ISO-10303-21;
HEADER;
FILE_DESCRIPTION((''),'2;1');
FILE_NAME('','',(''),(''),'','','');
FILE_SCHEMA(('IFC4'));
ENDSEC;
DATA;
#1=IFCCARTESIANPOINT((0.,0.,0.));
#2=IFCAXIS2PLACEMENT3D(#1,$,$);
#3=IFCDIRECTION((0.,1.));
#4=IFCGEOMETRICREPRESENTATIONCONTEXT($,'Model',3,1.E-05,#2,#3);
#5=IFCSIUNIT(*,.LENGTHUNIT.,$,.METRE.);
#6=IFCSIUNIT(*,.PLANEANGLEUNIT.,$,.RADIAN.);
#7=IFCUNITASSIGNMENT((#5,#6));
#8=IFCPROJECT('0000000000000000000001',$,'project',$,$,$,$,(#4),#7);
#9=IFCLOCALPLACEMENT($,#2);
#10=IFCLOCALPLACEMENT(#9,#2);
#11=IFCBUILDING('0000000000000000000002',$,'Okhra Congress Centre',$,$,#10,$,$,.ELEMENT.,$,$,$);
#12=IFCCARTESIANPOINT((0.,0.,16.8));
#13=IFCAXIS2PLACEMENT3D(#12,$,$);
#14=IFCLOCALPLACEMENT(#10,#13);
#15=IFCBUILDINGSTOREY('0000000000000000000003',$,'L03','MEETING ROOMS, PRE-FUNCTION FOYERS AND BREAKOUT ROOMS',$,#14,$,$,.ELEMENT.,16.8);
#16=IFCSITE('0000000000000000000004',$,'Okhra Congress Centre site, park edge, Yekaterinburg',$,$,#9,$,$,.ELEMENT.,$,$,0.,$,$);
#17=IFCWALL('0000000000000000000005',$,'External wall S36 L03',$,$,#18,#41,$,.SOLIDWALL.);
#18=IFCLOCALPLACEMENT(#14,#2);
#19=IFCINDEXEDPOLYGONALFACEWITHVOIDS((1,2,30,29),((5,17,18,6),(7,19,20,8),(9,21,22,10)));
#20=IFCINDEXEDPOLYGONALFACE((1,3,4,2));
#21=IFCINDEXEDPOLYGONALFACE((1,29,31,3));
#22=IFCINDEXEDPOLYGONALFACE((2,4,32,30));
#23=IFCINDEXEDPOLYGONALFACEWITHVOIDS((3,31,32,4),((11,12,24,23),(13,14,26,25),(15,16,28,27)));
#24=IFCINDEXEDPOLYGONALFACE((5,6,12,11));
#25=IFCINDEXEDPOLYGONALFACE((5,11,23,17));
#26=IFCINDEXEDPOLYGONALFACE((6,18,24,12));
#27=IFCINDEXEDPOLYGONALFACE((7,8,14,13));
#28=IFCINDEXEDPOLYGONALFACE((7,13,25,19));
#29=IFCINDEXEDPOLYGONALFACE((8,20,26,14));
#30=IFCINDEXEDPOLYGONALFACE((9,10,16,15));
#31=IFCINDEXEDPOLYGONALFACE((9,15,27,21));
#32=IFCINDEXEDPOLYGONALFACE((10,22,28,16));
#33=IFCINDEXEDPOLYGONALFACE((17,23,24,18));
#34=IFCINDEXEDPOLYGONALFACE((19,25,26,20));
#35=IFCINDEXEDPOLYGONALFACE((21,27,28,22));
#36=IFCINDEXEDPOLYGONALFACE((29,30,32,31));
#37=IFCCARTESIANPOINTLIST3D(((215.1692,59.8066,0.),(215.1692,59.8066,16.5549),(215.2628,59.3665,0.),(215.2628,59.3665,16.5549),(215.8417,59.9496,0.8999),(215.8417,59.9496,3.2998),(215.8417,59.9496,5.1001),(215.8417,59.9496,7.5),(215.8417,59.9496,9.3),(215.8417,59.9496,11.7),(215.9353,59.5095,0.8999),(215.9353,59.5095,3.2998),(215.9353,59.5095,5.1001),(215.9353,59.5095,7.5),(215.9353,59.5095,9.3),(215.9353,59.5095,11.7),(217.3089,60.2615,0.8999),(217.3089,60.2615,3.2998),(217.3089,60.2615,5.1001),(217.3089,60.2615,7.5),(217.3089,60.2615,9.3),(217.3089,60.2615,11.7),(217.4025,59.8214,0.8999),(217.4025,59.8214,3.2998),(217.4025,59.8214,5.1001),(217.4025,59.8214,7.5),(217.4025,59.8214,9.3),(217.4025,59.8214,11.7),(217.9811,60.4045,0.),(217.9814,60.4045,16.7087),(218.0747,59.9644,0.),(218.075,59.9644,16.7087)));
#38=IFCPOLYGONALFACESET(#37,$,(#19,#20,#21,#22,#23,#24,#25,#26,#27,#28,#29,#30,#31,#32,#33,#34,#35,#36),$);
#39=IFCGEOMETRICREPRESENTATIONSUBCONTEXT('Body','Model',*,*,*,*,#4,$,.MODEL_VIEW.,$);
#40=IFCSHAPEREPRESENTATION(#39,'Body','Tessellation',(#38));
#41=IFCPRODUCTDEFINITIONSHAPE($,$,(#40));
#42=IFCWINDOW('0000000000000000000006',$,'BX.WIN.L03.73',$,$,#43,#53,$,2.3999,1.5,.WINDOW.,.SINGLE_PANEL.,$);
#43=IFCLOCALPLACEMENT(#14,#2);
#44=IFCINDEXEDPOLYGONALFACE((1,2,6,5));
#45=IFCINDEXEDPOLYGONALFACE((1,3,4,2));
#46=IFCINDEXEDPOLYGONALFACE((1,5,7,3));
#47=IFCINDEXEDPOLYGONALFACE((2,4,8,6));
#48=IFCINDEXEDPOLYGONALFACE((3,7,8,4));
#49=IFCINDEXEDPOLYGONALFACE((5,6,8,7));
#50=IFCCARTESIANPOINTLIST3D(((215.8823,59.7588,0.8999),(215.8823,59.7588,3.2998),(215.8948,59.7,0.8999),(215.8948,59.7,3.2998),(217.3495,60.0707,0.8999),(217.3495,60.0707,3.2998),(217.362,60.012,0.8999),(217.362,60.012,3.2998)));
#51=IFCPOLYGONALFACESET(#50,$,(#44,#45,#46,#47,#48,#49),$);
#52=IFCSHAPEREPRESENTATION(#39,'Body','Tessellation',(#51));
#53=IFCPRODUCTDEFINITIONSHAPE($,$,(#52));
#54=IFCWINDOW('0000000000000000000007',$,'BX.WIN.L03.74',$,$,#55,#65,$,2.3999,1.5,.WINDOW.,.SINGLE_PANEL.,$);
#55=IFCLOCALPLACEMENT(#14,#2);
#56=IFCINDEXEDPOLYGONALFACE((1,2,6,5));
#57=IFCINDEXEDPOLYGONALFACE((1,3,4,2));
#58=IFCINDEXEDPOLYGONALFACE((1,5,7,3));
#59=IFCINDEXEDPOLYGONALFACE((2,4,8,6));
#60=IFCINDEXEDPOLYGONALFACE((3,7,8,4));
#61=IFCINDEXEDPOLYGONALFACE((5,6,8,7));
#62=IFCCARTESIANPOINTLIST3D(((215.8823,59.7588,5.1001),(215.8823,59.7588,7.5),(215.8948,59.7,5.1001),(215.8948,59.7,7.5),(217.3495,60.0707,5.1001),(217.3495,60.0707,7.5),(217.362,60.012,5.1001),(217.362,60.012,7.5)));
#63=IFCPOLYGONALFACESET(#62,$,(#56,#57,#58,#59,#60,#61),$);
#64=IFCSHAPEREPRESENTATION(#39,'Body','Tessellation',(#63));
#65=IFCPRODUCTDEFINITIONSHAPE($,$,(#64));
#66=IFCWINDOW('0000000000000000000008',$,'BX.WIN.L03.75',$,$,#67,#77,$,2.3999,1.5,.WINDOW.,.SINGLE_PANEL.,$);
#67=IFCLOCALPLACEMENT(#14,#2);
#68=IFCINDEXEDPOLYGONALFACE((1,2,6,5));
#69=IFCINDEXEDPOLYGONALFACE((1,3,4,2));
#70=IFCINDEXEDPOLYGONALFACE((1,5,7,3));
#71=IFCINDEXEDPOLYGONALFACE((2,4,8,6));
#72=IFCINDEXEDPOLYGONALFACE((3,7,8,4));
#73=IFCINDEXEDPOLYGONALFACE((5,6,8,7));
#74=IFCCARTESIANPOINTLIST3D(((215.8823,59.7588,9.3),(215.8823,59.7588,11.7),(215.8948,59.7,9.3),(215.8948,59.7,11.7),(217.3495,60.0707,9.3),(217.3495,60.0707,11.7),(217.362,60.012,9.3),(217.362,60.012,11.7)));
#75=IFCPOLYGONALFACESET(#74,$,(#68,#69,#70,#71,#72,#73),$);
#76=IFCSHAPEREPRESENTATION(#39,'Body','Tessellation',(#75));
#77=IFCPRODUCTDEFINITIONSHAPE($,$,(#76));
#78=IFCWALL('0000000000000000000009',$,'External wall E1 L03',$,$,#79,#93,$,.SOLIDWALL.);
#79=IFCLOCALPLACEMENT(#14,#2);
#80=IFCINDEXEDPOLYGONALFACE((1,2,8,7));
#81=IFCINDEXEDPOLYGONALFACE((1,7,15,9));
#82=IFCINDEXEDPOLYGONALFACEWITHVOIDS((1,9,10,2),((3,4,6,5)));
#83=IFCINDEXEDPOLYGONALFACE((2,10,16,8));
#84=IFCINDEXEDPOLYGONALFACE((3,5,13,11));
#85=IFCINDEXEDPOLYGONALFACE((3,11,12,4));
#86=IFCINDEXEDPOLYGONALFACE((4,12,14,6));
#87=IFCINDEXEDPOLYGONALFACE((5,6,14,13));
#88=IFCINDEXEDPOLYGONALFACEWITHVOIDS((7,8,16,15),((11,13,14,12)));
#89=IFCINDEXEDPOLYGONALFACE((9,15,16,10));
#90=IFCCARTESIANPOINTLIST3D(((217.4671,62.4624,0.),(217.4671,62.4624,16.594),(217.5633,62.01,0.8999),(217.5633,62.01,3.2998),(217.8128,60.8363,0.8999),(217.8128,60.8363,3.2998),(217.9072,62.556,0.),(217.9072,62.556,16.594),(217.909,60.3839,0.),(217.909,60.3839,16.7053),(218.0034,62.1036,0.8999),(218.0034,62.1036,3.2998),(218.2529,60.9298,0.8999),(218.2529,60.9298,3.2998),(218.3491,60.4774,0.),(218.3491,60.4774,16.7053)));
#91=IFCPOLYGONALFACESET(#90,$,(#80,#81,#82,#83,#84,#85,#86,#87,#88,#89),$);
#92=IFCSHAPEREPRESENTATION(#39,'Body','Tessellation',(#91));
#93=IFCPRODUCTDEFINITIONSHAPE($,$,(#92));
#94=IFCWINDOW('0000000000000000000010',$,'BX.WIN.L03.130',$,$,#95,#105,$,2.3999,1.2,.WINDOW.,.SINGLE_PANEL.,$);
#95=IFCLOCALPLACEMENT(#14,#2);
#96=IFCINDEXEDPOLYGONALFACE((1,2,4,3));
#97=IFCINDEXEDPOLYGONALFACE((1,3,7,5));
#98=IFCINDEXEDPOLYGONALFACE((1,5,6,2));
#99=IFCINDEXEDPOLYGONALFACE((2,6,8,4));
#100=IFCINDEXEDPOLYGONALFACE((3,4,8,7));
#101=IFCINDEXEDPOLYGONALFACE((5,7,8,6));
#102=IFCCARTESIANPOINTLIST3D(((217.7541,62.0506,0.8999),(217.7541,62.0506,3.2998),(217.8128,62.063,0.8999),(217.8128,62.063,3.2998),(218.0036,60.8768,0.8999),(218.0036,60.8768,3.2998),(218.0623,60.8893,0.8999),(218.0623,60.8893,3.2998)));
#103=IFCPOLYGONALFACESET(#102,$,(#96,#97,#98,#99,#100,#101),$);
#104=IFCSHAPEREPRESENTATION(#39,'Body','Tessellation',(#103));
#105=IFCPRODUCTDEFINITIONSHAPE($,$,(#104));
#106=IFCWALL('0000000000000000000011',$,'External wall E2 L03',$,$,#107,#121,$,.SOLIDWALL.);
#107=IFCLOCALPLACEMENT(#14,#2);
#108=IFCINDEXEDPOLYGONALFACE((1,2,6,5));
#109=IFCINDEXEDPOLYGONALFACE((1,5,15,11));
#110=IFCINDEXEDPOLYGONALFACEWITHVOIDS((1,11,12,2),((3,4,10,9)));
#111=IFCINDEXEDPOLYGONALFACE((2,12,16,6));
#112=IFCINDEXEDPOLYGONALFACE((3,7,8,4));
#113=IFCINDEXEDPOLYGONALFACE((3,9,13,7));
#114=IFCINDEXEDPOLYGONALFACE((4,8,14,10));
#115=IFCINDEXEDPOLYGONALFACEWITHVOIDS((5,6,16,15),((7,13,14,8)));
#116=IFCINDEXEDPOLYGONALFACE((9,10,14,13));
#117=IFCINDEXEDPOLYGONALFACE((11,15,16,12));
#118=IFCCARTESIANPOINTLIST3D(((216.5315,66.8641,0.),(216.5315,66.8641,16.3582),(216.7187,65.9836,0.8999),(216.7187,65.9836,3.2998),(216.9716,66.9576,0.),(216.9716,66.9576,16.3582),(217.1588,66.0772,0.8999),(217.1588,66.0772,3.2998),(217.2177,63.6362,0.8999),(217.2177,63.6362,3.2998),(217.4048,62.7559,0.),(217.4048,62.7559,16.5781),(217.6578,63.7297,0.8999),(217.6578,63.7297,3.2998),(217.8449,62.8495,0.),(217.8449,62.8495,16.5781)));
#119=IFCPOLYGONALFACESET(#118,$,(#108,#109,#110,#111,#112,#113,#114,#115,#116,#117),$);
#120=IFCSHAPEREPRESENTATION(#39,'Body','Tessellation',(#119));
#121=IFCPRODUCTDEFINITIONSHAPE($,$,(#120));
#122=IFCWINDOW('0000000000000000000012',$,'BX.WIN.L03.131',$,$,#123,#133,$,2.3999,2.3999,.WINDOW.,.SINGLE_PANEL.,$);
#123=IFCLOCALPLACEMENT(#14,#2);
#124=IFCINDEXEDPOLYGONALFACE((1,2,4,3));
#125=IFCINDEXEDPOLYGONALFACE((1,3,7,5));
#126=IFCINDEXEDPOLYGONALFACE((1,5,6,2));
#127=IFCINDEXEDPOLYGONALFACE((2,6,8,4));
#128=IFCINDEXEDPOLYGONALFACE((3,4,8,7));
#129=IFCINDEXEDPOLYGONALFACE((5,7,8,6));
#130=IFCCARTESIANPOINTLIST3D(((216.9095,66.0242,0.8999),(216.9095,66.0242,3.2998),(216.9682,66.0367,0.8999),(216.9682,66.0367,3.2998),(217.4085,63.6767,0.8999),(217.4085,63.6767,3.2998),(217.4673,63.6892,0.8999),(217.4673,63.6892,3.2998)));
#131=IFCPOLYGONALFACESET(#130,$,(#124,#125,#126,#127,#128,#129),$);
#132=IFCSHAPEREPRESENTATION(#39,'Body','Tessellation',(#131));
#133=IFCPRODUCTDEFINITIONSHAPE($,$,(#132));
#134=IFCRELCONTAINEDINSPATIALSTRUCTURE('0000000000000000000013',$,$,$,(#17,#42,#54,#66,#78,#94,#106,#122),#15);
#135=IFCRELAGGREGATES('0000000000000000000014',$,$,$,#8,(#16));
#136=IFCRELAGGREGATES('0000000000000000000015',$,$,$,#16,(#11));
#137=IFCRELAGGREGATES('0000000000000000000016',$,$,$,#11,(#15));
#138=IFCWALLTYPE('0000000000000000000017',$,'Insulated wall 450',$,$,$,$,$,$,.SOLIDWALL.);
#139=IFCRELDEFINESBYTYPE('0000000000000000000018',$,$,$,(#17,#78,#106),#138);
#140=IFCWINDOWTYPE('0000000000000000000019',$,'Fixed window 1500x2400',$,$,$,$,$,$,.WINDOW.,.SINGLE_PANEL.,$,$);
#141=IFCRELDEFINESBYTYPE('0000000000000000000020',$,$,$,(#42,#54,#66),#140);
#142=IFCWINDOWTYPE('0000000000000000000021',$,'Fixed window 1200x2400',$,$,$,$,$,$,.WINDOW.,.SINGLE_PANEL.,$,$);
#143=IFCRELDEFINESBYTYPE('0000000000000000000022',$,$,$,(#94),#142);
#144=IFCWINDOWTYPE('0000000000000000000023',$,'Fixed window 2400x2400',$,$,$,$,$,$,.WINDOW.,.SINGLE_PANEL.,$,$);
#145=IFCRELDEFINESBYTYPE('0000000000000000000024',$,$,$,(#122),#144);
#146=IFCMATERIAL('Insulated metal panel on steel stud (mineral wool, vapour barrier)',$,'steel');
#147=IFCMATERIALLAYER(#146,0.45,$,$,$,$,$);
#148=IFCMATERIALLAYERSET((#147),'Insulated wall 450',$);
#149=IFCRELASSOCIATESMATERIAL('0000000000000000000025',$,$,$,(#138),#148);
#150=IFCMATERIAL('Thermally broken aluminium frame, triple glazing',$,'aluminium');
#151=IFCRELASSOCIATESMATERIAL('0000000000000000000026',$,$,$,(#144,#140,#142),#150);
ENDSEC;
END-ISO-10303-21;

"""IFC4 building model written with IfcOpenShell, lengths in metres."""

from ifc_helpers import new_model, si_unit, direction, frame, frame_2d, origin, place, context, subcontext, project, spatial, polyline, rectangle, outline, extrude, material, layer, layer_set, type_object, element, fill, save


model = new_model("IFC4")

# Units and contexts
model_context = context("Model", 3, precision=1e-05, world=origin(), true_north=direction((0.0, 1.0)))
body_context = subcontext(model_context, "Body", "Model", "MODEL_VIEW")
ifc_project = project(units=[si_unit("LENGTHUNIT", "METRE"), si_unit("PLANEANGLEUNIT", "RADIAN")], contexts=[model_context])

# Site, building, storey
site_placement = place(None, origin())
site = spatial("IfcSite", under=ifc_project, at=site_placement, Name="Okhra Congress Centre site, park edge, Yekaterinburg", CompositionType="ELEMENT", RefElevation=0.0)
building_placement = place(site_placement, origin())
building = spatial("IfcBuilding", under=site, at=building_placement, Name="Okhra Congress Centre", CompositionType="ELEMENT")
storey_placement = place(building_placement, frame((0.0, 0.0, 16.8)))
storey = spatial("IfcBuildingStorey", under=building, at=storey_placement, Name="L03", Description="MEETING ROOMS, PRE-FUNCTION FOYERS AND BREAKOUT ROOMS", CompositionType="ELEMENT", Elevation=16.8)

# Wall, openings, windows
ifc_material_1 = material(Name="Insulated metal panel on steel stud (mineral wool, vapour barrier)", Category="steel")
ifc_layer_1 = layer(ifc_material_1, 0.45)
ifc_layer_set_1 = layer_set([ifc_layer_1], Name="Insulated wall 450")
wall_type_1 = type_object("IfcWallType", Name="Insulated wall 450", PredefinedType="SOLIDWALL", material=ifc_layer_set_1)
ifc_material_2 = material(Name="Thermally broken aluminium frame, triple glazing", Category="aluminium")
window_type_1 = type_object("IfcWindowType", Name="Fixed window 2400x2400", PartitioningType="SINGLE_PANEL", PredefinedType="WINDOW", material=ifc_material_2)
wall_1_placement = place(storey_placement, frame((215.2161, 59.5864, 0.0), z_axis=(0.0, 0.0, 1.0), x_axis=(0.978134, 0.207975, 0.0)))
wall_1 = element("IfcWall", 1, at=wall_1_placement, inside=storey, type_object=wall_type_1, Name="External wall S36 L03", PredefinedType="SOLIDWALL", context=body_context, shape_type="SweptSolid", body=[
    extrude(outline(polyline([(0.0, 0.0), (2.8748, 0.0), (2.875, 16.7087), (0.0, 16.5549), (0.0, 0.0)])), frame((0.0, 0.2251, 0.0), z_axis=(0.0, -1.0, 0.0), x_axis=(1.0, 0.0, 0.0)), (0.0, 0.0, 1.0), 0.45),
])
opening_1_placement = place(wall_1_placement, frame((0.6875, 0.0, 0.8999)))
opening_1 = element("IfcOpeningElement", 2, at=opening_1_placement, cuts=wall_1, PredefinedType="OPENING", context=body_context, shape_type="SweptSolid", body=[
    extrude(rectangle(XDim=1.5, YDim=2.3999, at=frame_2d((0.75, 1.2))), frame((0.0, 0.2349, 0.0), z_axis=(0.0, -1.0, 0.0), x_axis=(1.0, 0.0, 0.0)), (0.0, 0.0, 1.0), 0.47),
])
opening_2_placement = place(wall_1_placement, frame((0.6875, 0.0, 5.1001)))
opening_2 = element("IfcOpeningElement", 3, at=opening_2_placement, cuts=wall_1, PredefinedType="OPENING", context=body_context, shape_type="SweptSolid", body=[
    extrude(rectangle(XDim=1.5, YDim=2.3999, at=frame_2d((0.75, 1.2))), frame((0.0, 0.2349, 0.0), z_axis=(0.0, -1.0, 0.0), x_axis=(1.0, 0.0, 0.0)), (0.0, 0.0, 1.0), 0.47),
])
opening_3_placement = place(wall_1_placement, frame((0.6875, 0.0, 9.3)))
opening_3 = element("IfcOpeningElement", 4, at=opening_3_placement, cuts=wall_1, PredefinedType="OPENING", context=body_context, shape_type="SweptSolid", body=[
    extrude(rectangle(XDim=1.5, YDim=2.3999, at=frame_2d((0.75, 1.2))), frame((0.0, 0.2349, 0.0), z_axis=(0.0, -1.0, 0.0), x_axis=(1.0, 0.0, 0.0)), (0.0, 0.0, 1.0), 0.47),
])
window_type_2 = type_object("IfcWindowType", Name="Fixed window 1500x2400", PartitioningType="SINGLE_PANEL", PredefinedType="WINDOW", material=ifc_material_2)
window_1_placement = place(opening_1_placement, origin())
window_1 = element("IfcWindow", 5, at=window_1_placement, inside=storey, type_object=window_type_2, Name="BX.WIN.L03.73", OverallHeight=2.3999, OverallWidth=1.5, PartitioningType="SINGLE_PANEL", PredefinedType="WINDOW", context=body_context, shape_type="SweptSolid", body=[
    extrude(rectangle(XDim=1.5, YDim=2.3999, at=frame_2d((0.75, 1.2))), frame((0.0, 0.03, 0.0), z_axis=(0.0, -1.0, 0.0), x_axis=(1.0, 0.0, 0.0)), (0.0, 0.0, 1.0), 0.0601),
])
fill(opening_1, window_1)
window_2_placement = place(opening_2_placement, origin())
window_2 = element("IfcWindow", 6, at=window_2_placement, inside=storey, type_object=window_type_2, Name="BX.WIN.L03.74", OverallHeight=2.3999, OverallWidth=1.5, PartitioningType="SINGLE_PANEL", PredefinedType="WINDOW", context=body_context, shape_type="SweptSolid", body=[
    extrude(rectangle(XDim=1.5, YDim=2.3999, at=frame_2d((0.75, 1.2))), frame((0.0, 0.03, 0.0), z_axis=(0.0, -1.0, 0.0), x_axis=(1.0, 0.0, 0.0)), (0.0, 0.0, 1.0), 0.0601),
])
fill(opening_2, window_2)
window_3_placement = place(opening_3_placement, origin())
window_3 = element("IfcWindow", 7, at=window_3_placement, inside=storey, type_object=window_type_2, Name="BX.WIN.L03.75", OverallHeight=2.3999, OverallWidth=1.5, PartitioningType="SINGLE_PANEL", PredefinedType="WINDOW", context=body_context, shape_type="SweptSolid", body=[
    extrude(rectangle(XDim=1.5, YDim=2.3999, at=frame_2d((0.75, 1.2))), frame((0.0, 0.03, 0.0), z_axis=(0.0, -1.0, 0.0), x_axis=(1.0, 0.0, 0.0)), (0.0, 0.0, 1.0), 0.0601),
])
fill(opening_3, window_3)

# Walls, openings, windows
wall_2_placement = place(storey_placement, frame((218.1292, 60.4307, 0.0), z_axis=(0.0, 0.0, 1.0), x_axis=(-0.207944, 0.978141, 0.0)))
wall_2 = element("IfcWall", 8, at=wall_2_placement, inside=storey, type_object=wall_type_1, Name="External wall E1 L03", PredefinedType="SOLIDWALL", context=body_context, shape_type="SweptSolid", body=[
    extrude(outline(polyline([(0.0, 0.0), (2.125, 0.0), (2.125, 16.594), (0.0, 16.7053), (0.0, 0.0)])), frame((0.0, 0.2251, 0.0), z_axis=(0.0, -1.0, 0.0), x_axis=(1.0, 0.0, 0.0)), (0.0, 0.0, 1.0), 0.45),
])
opening_4_placement = place(wall_2_placement, frame((0.4624, 0.0, 0.8999)))
opening_4 = element("IfcOpeningElement", 9, at=opening_4_placement, cuts=wall_2, PredefinedType="OPENING", context=body_context, shape_type="SweptSolid", body=[
    extrude(rectangle(XDim=1.2, YDim=2.3999, at=frame_2d((0.6001, 1.2))), frame((0.0, 0.2349, 0.0), z_axis=(0.0, -1.0, 0.0), x_axis=(1.0, 0.0, 0.0)), (0.0, 0.0, 1.0), 0.47),
])
window_type_3 = type_object("IfcWindowType", Name="Fixed window 1200x2400", PartitioningType="SINGLE_PANEL", PredefinedType="WINDOW", material=ifc_material_2)
window_4_placement = place(opening_4_placement, origin())
window_4 = element("IfcWindow", 10, at=window_4_placement, inside=storey, type_object=window_type_3, Name="BX.WIN.L03.130", OverallHeight=2.3999, OverallWidth=1.2, PartitioningType="SINGLE_PANEL", PredefinedType="WINDOW", context=body_context, shape_type="SweptSolid", body=[
    extrude(rectangle(XDim=1.2, YDim=2.3999, at=frame_2d((0.6001, 1.2))), frame((0.0, 0.03, 0.0), z_axis=(0.0, -1.0, 0.0), x_axis=(1.0, 0.0, 0.0)), (0.0, 0.0, 1.0), 0.0601),
])
fill(opening_4, window_4)
wall_3_placement = place(storey_placement, frame((217.625, 62.8027, 0.0), z_axis=(0.0, 0.0, 1.0), x_axis=(-0.207929, 0.978144, 0.0)))
wall_3 = element("IfcWall", 11, at=wall_3_placement, inside=storey, type_object=wall_type_1, Name="External wall E2 L03", PredefinedType="SOLIDWALL", context=body_context, shape_type="SweptSolid", body=[
    extrude(outline(polyline([(0.0, 0.0), (4.2, 0.0), (4.2, 16.3582), (0.0, 16.5781), (0.0, 0.0)])), frame((0.0, 0.2251, 0.0), z_axis=(0.0, -1.0, 0.0), x_axis=(1.0, 0.0, 0.0)), (0.0, 0.0, 1.0), 0.45),
])
opening_5_placement = place(wall_3_placement, frame((0.8999, 0.0, 0.8999)))
opening_5 = element("IfcOpeningElement", 12, at=opening_5_placement, cuts=wall_3, PredefinedType="OPENING", context=body_context, shape_type="SweptSolid", body=[
    extrude(rectangle(XDim=2.3999, YDim=2.3999, at=frame_2d((1.2, 1.2))), frame((0.0, 0.2349, 0.0), z_axis=(0.0, -1.0, 0.0), x_axis=(1.0, 0.0, 0.0)), (0.0, 0.0, 1.0), 0.47),
])
window_5_placement = place(opening_5_placement, origin())
window_5 = element("IfcWindow", 13, at=window_5_placement, inside=storey, type_object=window_type_1, Name="BX.WIN.L03.131", OverallHeight=2.3999, OverallWidth=2.3999, PartitioningType="SINGLE_PANEL", PredefinedType="WINDOW", context=body_context, shape_type="SweptSolid", body=[
    extrude(rectangle(XDim=2.3999, YDim=2.3999, at=frame_2d((1.2, 1.2))), frame((0.0, 0.03, 0.0), z_axis=(0.0, -1.0, 0.0), x_axis=(1.0, 0.0, 0.0)), (0.0, 0.0, 1.0), 0.0601),
])
fill(opening_5, window_5)

save(model, "model.ifc")
